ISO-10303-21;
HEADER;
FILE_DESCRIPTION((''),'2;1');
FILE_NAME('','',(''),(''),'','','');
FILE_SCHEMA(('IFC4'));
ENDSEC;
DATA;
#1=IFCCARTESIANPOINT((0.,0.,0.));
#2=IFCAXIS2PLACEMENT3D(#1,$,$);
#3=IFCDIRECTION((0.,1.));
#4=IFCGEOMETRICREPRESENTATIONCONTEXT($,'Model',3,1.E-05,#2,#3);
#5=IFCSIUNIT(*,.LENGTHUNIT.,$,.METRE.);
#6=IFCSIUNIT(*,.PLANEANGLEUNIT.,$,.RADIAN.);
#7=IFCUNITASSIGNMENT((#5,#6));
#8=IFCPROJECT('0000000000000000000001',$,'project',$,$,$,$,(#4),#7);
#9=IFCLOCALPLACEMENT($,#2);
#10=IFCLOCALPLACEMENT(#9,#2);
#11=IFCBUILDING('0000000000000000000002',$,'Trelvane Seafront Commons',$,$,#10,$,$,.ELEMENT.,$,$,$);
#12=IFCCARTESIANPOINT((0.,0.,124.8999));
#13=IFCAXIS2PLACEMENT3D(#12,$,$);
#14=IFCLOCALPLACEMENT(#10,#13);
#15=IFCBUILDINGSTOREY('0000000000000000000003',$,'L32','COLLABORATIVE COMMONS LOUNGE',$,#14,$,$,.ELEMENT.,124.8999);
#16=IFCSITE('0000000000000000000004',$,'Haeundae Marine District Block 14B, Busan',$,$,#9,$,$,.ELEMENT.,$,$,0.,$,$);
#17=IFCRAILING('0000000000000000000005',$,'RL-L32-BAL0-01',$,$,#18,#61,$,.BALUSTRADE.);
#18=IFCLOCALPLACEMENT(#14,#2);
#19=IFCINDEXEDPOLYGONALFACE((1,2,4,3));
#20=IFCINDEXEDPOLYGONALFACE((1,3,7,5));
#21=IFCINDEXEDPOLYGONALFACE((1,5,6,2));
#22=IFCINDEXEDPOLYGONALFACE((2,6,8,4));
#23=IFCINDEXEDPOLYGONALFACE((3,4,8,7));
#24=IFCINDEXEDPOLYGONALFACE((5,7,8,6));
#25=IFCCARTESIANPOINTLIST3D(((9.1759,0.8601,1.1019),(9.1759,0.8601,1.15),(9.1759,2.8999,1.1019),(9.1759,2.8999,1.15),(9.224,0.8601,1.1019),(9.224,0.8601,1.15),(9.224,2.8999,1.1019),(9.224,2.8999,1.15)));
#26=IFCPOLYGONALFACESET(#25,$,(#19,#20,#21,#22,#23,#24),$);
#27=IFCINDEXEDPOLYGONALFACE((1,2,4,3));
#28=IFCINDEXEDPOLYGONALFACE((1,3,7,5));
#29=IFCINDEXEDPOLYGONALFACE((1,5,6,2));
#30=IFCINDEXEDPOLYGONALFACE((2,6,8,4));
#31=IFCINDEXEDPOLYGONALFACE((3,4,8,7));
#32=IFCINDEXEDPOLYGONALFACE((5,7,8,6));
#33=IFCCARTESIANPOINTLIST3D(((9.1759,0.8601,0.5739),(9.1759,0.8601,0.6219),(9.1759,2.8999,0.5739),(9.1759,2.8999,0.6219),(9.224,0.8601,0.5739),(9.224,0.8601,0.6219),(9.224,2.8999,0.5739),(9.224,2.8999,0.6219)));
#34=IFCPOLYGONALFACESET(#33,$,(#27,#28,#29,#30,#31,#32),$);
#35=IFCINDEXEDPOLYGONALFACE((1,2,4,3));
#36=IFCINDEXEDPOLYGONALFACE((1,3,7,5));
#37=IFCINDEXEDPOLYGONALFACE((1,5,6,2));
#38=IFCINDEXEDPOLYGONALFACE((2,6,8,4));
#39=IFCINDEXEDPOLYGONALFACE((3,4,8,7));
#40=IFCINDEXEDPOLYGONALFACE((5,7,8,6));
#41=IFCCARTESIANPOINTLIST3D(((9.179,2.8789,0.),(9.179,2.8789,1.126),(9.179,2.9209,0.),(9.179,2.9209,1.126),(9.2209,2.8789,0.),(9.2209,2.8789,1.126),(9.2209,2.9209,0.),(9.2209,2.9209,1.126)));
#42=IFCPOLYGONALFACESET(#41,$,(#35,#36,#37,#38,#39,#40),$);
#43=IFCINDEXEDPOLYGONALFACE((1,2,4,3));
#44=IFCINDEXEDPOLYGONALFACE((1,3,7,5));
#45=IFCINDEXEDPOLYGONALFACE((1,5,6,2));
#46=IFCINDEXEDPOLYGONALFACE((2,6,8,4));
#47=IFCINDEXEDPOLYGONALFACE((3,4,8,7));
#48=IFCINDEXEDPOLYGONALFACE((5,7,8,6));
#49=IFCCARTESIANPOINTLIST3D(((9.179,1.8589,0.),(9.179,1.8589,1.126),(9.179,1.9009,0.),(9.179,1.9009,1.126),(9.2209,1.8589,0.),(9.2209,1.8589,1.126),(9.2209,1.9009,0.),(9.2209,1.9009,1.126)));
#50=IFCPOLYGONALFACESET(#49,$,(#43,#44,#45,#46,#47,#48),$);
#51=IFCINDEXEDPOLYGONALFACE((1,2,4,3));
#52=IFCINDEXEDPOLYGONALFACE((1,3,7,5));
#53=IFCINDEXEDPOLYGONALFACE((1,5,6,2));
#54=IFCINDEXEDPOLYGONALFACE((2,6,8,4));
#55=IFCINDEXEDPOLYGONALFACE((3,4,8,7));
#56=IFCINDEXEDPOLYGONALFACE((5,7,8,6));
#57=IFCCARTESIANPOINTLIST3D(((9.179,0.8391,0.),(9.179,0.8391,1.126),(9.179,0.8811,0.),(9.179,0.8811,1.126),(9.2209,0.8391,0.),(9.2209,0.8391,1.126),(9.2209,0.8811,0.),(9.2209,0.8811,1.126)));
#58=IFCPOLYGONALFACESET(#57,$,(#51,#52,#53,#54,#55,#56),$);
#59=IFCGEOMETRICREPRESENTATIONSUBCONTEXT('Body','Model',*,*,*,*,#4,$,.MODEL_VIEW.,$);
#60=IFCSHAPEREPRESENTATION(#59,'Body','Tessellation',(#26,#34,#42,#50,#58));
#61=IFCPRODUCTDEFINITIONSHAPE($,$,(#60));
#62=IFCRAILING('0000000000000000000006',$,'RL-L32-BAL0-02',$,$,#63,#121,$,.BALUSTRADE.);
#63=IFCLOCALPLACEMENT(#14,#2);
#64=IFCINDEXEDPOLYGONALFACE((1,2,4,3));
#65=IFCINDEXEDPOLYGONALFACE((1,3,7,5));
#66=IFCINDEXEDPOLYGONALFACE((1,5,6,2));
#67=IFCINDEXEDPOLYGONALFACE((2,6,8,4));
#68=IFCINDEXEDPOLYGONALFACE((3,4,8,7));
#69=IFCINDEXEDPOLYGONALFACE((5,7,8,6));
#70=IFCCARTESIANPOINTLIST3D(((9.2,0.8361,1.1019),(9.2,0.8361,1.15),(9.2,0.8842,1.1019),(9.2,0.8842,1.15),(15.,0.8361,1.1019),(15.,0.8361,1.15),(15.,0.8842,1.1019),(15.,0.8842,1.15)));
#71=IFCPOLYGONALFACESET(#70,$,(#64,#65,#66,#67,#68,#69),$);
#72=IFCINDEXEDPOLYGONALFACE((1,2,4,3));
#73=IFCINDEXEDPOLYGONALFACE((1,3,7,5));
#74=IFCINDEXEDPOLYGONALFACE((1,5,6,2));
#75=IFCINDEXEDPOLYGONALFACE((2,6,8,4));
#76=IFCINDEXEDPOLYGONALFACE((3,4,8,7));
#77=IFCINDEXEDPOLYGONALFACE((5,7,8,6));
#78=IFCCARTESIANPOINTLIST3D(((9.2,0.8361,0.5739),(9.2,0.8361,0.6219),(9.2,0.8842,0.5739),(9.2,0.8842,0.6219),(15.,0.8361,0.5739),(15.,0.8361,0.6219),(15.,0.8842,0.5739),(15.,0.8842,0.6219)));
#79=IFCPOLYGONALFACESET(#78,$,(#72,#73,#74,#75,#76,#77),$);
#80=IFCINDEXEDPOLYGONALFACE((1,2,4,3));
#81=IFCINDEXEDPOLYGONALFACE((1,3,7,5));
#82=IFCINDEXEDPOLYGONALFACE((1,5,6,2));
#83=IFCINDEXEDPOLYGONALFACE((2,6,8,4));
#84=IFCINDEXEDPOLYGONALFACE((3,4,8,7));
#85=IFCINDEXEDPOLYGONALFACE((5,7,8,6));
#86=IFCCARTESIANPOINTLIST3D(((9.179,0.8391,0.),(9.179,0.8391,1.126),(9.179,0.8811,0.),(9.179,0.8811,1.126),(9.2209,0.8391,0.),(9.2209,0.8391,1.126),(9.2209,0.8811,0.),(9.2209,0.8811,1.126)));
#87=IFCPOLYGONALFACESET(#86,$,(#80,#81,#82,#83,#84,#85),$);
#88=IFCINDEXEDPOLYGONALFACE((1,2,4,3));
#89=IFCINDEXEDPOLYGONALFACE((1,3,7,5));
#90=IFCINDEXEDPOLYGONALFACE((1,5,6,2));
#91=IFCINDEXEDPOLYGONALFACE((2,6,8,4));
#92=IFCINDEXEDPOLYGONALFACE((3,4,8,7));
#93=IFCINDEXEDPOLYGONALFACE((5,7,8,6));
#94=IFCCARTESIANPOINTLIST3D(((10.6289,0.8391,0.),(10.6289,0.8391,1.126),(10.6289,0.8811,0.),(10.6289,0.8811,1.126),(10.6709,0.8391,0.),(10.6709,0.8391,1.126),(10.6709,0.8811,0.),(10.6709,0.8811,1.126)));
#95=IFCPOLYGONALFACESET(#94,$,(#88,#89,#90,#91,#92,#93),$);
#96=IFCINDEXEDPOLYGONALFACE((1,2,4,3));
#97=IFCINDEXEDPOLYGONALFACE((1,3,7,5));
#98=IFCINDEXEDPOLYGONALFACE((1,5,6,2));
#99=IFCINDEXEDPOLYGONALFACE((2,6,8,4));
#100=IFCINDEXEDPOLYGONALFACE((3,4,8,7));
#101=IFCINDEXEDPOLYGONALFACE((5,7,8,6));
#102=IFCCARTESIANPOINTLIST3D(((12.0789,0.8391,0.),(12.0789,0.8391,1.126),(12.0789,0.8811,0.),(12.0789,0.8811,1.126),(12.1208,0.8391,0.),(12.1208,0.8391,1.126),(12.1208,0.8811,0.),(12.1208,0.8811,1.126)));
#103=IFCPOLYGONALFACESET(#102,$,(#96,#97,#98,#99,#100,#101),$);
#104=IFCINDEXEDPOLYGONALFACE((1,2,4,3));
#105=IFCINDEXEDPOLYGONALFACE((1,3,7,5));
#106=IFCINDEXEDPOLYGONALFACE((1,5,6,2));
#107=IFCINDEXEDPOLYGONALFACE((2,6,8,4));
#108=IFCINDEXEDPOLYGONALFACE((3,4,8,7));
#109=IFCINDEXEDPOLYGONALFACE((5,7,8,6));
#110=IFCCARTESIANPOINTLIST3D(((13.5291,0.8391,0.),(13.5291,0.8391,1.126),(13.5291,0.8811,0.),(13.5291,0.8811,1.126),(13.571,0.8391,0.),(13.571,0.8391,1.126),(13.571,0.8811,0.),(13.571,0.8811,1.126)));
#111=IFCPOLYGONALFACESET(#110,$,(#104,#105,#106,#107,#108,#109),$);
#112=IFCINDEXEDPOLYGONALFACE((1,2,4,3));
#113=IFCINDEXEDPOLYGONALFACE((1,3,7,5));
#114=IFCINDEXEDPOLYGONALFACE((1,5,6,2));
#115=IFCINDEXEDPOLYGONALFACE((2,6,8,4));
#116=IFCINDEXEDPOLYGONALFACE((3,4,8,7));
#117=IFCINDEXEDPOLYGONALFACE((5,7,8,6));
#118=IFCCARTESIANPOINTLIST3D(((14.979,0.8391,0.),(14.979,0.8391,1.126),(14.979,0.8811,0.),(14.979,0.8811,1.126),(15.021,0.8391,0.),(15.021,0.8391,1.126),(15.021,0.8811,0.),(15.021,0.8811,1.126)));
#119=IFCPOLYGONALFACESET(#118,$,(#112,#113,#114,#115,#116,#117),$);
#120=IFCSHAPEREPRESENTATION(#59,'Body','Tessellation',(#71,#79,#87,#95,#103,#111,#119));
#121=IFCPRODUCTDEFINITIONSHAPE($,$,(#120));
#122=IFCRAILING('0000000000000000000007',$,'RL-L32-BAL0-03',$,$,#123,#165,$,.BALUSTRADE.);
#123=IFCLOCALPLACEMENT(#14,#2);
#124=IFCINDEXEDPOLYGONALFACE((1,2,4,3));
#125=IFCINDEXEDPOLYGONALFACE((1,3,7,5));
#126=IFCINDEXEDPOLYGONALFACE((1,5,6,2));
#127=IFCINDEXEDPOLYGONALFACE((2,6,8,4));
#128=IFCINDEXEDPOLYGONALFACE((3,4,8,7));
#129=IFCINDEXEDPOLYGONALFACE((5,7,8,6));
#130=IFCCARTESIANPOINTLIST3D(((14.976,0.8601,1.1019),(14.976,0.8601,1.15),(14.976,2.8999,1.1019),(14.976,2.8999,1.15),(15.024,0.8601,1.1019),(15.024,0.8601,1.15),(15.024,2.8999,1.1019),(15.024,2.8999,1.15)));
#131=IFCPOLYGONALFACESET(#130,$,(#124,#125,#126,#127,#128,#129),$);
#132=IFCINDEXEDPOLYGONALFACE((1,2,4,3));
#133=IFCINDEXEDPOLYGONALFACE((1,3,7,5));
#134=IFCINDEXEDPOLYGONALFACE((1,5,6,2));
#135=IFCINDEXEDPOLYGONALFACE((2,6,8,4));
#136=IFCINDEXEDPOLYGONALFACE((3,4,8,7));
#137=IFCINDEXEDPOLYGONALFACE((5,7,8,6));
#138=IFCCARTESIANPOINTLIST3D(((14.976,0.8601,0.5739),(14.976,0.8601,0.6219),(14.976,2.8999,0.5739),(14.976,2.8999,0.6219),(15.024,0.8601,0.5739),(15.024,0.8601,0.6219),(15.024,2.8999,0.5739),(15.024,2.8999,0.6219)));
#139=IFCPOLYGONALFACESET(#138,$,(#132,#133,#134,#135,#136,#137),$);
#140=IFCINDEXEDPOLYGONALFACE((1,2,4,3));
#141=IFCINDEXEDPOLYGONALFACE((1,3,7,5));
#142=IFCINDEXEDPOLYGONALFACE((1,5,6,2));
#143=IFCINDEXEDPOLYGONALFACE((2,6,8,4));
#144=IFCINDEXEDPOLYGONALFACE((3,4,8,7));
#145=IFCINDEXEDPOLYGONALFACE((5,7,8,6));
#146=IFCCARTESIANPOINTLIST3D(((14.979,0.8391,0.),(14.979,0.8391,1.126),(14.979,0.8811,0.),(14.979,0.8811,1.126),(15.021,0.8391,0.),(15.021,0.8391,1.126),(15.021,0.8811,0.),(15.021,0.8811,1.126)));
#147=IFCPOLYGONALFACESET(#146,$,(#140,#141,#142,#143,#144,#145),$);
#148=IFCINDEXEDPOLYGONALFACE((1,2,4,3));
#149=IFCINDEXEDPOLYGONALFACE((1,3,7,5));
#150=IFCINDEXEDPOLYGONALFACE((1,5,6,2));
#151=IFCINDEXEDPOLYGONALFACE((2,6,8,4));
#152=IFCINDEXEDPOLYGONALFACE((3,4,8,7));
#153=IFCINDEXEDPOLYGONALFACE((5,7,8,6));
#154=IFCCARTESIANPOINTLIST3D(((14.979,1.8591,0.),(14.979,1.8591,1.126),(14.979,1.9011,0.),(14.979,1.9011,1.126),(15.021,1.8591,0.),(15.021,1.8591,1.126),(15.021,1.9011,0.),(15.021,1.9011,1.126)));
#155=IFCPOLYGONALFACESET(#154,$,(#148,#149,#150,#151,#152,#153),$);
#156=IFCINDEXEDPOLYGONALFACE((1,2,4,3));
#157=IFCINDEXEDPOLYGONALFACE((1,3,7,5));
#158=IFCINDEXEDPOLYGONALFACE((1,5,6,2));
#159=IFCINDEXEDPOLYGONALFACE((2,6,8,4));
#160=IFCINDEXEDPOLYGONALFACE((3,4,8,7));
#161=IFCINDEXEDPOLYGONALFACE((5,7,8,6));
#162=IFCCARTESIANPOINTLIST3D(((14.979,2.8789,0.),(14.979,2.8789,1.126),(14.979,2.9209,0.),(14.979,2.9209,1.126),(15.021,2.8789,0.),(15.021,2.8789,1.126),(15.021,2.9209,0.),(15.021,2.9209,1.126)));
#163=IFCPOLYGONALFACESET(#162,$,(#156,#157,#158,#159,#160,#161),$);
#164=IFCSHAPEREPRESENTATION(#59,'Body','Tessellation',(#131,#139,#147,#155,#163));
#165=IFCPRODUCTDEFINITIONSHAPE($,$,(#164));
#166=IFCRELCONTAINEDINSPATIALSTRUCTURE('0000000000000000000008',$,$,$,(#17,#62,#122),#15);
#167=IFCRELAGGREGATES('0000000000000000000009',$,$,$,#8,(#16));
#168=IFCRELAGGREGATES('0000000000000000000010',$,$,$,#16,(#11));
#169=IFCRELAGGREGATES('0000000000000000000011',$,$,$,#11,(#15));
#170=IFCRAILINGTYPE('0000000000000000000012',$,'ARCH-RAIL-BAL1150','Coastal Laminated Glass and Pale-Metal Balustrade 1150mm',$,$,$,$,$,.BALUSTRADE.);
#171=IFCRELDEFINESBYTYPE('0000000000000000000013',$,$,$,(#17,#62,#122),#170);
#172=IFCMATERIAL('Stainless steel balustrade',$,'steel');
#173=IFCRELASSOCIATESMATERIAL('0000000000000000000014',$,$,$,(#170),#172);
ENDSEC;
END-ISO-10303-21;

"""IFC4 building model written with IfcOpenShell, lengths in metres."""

from ifc_helpers import new_model, si_unit, direction, frame, origin, origin_2d, place, context, subcontext, project, spatial, rectangle, extrude, material, type_object, element, save


model = new_model("IFC4")

# Units and contexts
model_context = context("Model", 3, precision=1e-05, world=origin(), true_north=direction((0.0, 1.0)))
body_context = subcontext(model_context, "Body", "Model", "MODEL_VIEW")
ifc_project = project(units=[si_unit("LENGTHUNIT", "METRE"), si_unit("PLANEANGLEUNIT", "RADIAN")], contexts=[model_context])

# Site, building, storey
site_placement = place(None, origin())
site = spatial("IfcSite", under=ifc_project, at=site_placement, Name="Haeundae Marine District Block 14B, Busan", CompositionType="ELEMENT", RefElevation=0.0)
building_placement = place(site_placement, origin())
building = spatial("IfcBuilding", under=site, at=building_placement, Name="Trelvane Seafront Commons", CompositionType="ELEMENT")
storey_placement = place(building_placement, frame((0.0, 0.0, 124.8999)))
storey = spatial("IfcBuildingStorey", under=building, at=storey_placement, Name="L32", Description="COLLABORATIVE COMMONS LOUNGE", CompositionType="ELEMENT", Elevation=124.8999)

# Railings
ifc_material_1 = material(Name="Stainless steel balustrade", Category="steel")
railing_type = type_object("IfcRailingType", Name="ARCH-RAIL-BAL1150", Description="Coastal Laminated Glass and Pale-Metal Balustrade 1150mm", PredefinedType="BALUSTRADE", material=ifc_material_1)
railing_1_placement = place(storey_placement, frame((9.2, 2.8999, 0.0)))
element("IfcRailing", 1, at=railing_1_placement, inside=storey, type_object=railing_type, Name="RL-L32-BAL0-01", PredefinedType="BALUSTRADE", context=body_context, shape_type="SweptSolid", body=[
    extrude(rectangle(XDim=0.0481, YDim=0.0481, at=origin_2d()), frame((0.0, 0.0, 1.126), z_axis=(0.0, -1.0, 0.0), x_axis=(1.0, 0.0, 0.0)), (0.0, 0.0, 1.0), 2.0398),
    extrude(rectangle(XDim=0.0481, YDim=0.0481, at=origin_2d()), frame((0.0, 0.0, 0.5979), z_axis=(0.0, -1.0, 0.0), x_axis=(1.0, 0.0, 0.0)), (0.0, 0.0, 1.0), 2.0398),
    extrude(rectangle(XDim=0.042, YDim=0.042, at=origin_2d()), origin(), (0.0, 0.0, 1.0), 1.126),
    extrude(rectangle(XDim=0.042, YDim=0.042, at=origin_2d()), frame((0.0, -1.02, 0.0)), (0.0, 0.0, 1.0), 1.126),
    extrude(rectangle(XDim=0.042, YDim=0.042, at=origin_2d()), frame((0.0, -2.0398, 0.0)), (0.0, 0.0, 1.0), 1.126),
])
railing_2_placement = place(storey_placement, frame((9.2, 0.8601, 0.0)))
element("IfcRailing", 2, at=railing_2_placement, inside=storey, type_object=railing_type, Name="RL-L32-BAL0-02", PredefinedType="BALUSTRADE", context=body_context, shape_type="SweptSolid", body=[
    extrude(rectangle(XDim=0.0481, YDim=0.0481, at=origin_2d()), frame((0.0, 0.0, 1.126), z_axis=(1.0, 0.0, 0.0), x_axis=(0.0, 1.0, 0.0)), (0.0, 0.0, 1.0), 5.8),
    extrude(rectangle(XDim=0.0481, YDim=0.0481, at=origin_2d()), frame((0.0, 0.0, 0.5979), z_axis=(1.0, 0.0, 0.0), x_axis=(0.0, 1.0, 0.0)), (0.0, 0.0, 1.0), 5.8),
    extrude(rectangle(XDim=0.042, YDim=0.042, at=origin_2d()), origin(), (0.0, 0.0, 1.0), 1.126),
    extrude(rectangle(XDim=0.042, YDim=0.042, at=origin_2d()), frame((1.45, 0.0, 0.0)), (0.0, 0.0, 1.0), 1.126),
    extrude(rectangle(XDim=0.042, YDim=0.042, at=origin_2d()), frame((2.8999, 0.0, 0.0)), (0.0, 0.0, 1.0), 1.126),
    extrude(rectangle(XDim=0.042, YDim=0.042, at=origin_2d()), frame((4.3501, 0.0, 0.0)), (0.0, 0.0, 1.0), 1.126),
    extrude(rectangle(XDim=0.042, YDim=0.042, at=origin_2d()), frame((5.8, 0.0, 0.0)), (0.0, 0.0, 1.0), 1.126),
])
railing_3_placement = place(storey_placement, frame((15.0, 0.8601, 0.0)))
element("IfcRailing", 3, at=railing_3_placement, inside=storey, type_object=railing_type, Name="RL-L32-BAL0-03", PredefinedType="BALUSTRADE", context=body_context, shape_type="SweptSolid", body=[
    extrude(rectangle(XDim=0.0481, YDim=0.0481, at=origin_2d()), frame((0.0, 0.0, 1.126), z_axis=(0.0, 1.0, 0.0), x_axis=(-1.0, 0.0, 0.0)), (0.0, 0.0, 1.0), 2.0398),
    extrude(rectangle(XDim=0.0481, YDim=0.0481, at=origin_2d()), frame((0.0, 0.0, 0.5979), z_axis=(0.0, 1.0, 0.0), x_axis=(-1.0, 0.0, 0.0)), (0.0, 0.0, 1.0), 2.0398),
    extrude(rectangle(XDim=0.042, YDim=0.042, at=origin_2d()), origin(), (0.0, 0.0, 1.0), 1.126),
    extrude(rectangle(XDim=0.042, YDim=0.042, at=origin_2d()), frame((0.0, 1.02, 0.0)), (0.0, 0.0, 1.0), 1.126),
    extrude(rectangle(XDim=0.042, YDim=0.042, at=origin_2d()), frame((0.0, 2.0398, 0.0)), (0.0, 0.0, 1.0), 1.126),
])

save(model, "model.ifc")
